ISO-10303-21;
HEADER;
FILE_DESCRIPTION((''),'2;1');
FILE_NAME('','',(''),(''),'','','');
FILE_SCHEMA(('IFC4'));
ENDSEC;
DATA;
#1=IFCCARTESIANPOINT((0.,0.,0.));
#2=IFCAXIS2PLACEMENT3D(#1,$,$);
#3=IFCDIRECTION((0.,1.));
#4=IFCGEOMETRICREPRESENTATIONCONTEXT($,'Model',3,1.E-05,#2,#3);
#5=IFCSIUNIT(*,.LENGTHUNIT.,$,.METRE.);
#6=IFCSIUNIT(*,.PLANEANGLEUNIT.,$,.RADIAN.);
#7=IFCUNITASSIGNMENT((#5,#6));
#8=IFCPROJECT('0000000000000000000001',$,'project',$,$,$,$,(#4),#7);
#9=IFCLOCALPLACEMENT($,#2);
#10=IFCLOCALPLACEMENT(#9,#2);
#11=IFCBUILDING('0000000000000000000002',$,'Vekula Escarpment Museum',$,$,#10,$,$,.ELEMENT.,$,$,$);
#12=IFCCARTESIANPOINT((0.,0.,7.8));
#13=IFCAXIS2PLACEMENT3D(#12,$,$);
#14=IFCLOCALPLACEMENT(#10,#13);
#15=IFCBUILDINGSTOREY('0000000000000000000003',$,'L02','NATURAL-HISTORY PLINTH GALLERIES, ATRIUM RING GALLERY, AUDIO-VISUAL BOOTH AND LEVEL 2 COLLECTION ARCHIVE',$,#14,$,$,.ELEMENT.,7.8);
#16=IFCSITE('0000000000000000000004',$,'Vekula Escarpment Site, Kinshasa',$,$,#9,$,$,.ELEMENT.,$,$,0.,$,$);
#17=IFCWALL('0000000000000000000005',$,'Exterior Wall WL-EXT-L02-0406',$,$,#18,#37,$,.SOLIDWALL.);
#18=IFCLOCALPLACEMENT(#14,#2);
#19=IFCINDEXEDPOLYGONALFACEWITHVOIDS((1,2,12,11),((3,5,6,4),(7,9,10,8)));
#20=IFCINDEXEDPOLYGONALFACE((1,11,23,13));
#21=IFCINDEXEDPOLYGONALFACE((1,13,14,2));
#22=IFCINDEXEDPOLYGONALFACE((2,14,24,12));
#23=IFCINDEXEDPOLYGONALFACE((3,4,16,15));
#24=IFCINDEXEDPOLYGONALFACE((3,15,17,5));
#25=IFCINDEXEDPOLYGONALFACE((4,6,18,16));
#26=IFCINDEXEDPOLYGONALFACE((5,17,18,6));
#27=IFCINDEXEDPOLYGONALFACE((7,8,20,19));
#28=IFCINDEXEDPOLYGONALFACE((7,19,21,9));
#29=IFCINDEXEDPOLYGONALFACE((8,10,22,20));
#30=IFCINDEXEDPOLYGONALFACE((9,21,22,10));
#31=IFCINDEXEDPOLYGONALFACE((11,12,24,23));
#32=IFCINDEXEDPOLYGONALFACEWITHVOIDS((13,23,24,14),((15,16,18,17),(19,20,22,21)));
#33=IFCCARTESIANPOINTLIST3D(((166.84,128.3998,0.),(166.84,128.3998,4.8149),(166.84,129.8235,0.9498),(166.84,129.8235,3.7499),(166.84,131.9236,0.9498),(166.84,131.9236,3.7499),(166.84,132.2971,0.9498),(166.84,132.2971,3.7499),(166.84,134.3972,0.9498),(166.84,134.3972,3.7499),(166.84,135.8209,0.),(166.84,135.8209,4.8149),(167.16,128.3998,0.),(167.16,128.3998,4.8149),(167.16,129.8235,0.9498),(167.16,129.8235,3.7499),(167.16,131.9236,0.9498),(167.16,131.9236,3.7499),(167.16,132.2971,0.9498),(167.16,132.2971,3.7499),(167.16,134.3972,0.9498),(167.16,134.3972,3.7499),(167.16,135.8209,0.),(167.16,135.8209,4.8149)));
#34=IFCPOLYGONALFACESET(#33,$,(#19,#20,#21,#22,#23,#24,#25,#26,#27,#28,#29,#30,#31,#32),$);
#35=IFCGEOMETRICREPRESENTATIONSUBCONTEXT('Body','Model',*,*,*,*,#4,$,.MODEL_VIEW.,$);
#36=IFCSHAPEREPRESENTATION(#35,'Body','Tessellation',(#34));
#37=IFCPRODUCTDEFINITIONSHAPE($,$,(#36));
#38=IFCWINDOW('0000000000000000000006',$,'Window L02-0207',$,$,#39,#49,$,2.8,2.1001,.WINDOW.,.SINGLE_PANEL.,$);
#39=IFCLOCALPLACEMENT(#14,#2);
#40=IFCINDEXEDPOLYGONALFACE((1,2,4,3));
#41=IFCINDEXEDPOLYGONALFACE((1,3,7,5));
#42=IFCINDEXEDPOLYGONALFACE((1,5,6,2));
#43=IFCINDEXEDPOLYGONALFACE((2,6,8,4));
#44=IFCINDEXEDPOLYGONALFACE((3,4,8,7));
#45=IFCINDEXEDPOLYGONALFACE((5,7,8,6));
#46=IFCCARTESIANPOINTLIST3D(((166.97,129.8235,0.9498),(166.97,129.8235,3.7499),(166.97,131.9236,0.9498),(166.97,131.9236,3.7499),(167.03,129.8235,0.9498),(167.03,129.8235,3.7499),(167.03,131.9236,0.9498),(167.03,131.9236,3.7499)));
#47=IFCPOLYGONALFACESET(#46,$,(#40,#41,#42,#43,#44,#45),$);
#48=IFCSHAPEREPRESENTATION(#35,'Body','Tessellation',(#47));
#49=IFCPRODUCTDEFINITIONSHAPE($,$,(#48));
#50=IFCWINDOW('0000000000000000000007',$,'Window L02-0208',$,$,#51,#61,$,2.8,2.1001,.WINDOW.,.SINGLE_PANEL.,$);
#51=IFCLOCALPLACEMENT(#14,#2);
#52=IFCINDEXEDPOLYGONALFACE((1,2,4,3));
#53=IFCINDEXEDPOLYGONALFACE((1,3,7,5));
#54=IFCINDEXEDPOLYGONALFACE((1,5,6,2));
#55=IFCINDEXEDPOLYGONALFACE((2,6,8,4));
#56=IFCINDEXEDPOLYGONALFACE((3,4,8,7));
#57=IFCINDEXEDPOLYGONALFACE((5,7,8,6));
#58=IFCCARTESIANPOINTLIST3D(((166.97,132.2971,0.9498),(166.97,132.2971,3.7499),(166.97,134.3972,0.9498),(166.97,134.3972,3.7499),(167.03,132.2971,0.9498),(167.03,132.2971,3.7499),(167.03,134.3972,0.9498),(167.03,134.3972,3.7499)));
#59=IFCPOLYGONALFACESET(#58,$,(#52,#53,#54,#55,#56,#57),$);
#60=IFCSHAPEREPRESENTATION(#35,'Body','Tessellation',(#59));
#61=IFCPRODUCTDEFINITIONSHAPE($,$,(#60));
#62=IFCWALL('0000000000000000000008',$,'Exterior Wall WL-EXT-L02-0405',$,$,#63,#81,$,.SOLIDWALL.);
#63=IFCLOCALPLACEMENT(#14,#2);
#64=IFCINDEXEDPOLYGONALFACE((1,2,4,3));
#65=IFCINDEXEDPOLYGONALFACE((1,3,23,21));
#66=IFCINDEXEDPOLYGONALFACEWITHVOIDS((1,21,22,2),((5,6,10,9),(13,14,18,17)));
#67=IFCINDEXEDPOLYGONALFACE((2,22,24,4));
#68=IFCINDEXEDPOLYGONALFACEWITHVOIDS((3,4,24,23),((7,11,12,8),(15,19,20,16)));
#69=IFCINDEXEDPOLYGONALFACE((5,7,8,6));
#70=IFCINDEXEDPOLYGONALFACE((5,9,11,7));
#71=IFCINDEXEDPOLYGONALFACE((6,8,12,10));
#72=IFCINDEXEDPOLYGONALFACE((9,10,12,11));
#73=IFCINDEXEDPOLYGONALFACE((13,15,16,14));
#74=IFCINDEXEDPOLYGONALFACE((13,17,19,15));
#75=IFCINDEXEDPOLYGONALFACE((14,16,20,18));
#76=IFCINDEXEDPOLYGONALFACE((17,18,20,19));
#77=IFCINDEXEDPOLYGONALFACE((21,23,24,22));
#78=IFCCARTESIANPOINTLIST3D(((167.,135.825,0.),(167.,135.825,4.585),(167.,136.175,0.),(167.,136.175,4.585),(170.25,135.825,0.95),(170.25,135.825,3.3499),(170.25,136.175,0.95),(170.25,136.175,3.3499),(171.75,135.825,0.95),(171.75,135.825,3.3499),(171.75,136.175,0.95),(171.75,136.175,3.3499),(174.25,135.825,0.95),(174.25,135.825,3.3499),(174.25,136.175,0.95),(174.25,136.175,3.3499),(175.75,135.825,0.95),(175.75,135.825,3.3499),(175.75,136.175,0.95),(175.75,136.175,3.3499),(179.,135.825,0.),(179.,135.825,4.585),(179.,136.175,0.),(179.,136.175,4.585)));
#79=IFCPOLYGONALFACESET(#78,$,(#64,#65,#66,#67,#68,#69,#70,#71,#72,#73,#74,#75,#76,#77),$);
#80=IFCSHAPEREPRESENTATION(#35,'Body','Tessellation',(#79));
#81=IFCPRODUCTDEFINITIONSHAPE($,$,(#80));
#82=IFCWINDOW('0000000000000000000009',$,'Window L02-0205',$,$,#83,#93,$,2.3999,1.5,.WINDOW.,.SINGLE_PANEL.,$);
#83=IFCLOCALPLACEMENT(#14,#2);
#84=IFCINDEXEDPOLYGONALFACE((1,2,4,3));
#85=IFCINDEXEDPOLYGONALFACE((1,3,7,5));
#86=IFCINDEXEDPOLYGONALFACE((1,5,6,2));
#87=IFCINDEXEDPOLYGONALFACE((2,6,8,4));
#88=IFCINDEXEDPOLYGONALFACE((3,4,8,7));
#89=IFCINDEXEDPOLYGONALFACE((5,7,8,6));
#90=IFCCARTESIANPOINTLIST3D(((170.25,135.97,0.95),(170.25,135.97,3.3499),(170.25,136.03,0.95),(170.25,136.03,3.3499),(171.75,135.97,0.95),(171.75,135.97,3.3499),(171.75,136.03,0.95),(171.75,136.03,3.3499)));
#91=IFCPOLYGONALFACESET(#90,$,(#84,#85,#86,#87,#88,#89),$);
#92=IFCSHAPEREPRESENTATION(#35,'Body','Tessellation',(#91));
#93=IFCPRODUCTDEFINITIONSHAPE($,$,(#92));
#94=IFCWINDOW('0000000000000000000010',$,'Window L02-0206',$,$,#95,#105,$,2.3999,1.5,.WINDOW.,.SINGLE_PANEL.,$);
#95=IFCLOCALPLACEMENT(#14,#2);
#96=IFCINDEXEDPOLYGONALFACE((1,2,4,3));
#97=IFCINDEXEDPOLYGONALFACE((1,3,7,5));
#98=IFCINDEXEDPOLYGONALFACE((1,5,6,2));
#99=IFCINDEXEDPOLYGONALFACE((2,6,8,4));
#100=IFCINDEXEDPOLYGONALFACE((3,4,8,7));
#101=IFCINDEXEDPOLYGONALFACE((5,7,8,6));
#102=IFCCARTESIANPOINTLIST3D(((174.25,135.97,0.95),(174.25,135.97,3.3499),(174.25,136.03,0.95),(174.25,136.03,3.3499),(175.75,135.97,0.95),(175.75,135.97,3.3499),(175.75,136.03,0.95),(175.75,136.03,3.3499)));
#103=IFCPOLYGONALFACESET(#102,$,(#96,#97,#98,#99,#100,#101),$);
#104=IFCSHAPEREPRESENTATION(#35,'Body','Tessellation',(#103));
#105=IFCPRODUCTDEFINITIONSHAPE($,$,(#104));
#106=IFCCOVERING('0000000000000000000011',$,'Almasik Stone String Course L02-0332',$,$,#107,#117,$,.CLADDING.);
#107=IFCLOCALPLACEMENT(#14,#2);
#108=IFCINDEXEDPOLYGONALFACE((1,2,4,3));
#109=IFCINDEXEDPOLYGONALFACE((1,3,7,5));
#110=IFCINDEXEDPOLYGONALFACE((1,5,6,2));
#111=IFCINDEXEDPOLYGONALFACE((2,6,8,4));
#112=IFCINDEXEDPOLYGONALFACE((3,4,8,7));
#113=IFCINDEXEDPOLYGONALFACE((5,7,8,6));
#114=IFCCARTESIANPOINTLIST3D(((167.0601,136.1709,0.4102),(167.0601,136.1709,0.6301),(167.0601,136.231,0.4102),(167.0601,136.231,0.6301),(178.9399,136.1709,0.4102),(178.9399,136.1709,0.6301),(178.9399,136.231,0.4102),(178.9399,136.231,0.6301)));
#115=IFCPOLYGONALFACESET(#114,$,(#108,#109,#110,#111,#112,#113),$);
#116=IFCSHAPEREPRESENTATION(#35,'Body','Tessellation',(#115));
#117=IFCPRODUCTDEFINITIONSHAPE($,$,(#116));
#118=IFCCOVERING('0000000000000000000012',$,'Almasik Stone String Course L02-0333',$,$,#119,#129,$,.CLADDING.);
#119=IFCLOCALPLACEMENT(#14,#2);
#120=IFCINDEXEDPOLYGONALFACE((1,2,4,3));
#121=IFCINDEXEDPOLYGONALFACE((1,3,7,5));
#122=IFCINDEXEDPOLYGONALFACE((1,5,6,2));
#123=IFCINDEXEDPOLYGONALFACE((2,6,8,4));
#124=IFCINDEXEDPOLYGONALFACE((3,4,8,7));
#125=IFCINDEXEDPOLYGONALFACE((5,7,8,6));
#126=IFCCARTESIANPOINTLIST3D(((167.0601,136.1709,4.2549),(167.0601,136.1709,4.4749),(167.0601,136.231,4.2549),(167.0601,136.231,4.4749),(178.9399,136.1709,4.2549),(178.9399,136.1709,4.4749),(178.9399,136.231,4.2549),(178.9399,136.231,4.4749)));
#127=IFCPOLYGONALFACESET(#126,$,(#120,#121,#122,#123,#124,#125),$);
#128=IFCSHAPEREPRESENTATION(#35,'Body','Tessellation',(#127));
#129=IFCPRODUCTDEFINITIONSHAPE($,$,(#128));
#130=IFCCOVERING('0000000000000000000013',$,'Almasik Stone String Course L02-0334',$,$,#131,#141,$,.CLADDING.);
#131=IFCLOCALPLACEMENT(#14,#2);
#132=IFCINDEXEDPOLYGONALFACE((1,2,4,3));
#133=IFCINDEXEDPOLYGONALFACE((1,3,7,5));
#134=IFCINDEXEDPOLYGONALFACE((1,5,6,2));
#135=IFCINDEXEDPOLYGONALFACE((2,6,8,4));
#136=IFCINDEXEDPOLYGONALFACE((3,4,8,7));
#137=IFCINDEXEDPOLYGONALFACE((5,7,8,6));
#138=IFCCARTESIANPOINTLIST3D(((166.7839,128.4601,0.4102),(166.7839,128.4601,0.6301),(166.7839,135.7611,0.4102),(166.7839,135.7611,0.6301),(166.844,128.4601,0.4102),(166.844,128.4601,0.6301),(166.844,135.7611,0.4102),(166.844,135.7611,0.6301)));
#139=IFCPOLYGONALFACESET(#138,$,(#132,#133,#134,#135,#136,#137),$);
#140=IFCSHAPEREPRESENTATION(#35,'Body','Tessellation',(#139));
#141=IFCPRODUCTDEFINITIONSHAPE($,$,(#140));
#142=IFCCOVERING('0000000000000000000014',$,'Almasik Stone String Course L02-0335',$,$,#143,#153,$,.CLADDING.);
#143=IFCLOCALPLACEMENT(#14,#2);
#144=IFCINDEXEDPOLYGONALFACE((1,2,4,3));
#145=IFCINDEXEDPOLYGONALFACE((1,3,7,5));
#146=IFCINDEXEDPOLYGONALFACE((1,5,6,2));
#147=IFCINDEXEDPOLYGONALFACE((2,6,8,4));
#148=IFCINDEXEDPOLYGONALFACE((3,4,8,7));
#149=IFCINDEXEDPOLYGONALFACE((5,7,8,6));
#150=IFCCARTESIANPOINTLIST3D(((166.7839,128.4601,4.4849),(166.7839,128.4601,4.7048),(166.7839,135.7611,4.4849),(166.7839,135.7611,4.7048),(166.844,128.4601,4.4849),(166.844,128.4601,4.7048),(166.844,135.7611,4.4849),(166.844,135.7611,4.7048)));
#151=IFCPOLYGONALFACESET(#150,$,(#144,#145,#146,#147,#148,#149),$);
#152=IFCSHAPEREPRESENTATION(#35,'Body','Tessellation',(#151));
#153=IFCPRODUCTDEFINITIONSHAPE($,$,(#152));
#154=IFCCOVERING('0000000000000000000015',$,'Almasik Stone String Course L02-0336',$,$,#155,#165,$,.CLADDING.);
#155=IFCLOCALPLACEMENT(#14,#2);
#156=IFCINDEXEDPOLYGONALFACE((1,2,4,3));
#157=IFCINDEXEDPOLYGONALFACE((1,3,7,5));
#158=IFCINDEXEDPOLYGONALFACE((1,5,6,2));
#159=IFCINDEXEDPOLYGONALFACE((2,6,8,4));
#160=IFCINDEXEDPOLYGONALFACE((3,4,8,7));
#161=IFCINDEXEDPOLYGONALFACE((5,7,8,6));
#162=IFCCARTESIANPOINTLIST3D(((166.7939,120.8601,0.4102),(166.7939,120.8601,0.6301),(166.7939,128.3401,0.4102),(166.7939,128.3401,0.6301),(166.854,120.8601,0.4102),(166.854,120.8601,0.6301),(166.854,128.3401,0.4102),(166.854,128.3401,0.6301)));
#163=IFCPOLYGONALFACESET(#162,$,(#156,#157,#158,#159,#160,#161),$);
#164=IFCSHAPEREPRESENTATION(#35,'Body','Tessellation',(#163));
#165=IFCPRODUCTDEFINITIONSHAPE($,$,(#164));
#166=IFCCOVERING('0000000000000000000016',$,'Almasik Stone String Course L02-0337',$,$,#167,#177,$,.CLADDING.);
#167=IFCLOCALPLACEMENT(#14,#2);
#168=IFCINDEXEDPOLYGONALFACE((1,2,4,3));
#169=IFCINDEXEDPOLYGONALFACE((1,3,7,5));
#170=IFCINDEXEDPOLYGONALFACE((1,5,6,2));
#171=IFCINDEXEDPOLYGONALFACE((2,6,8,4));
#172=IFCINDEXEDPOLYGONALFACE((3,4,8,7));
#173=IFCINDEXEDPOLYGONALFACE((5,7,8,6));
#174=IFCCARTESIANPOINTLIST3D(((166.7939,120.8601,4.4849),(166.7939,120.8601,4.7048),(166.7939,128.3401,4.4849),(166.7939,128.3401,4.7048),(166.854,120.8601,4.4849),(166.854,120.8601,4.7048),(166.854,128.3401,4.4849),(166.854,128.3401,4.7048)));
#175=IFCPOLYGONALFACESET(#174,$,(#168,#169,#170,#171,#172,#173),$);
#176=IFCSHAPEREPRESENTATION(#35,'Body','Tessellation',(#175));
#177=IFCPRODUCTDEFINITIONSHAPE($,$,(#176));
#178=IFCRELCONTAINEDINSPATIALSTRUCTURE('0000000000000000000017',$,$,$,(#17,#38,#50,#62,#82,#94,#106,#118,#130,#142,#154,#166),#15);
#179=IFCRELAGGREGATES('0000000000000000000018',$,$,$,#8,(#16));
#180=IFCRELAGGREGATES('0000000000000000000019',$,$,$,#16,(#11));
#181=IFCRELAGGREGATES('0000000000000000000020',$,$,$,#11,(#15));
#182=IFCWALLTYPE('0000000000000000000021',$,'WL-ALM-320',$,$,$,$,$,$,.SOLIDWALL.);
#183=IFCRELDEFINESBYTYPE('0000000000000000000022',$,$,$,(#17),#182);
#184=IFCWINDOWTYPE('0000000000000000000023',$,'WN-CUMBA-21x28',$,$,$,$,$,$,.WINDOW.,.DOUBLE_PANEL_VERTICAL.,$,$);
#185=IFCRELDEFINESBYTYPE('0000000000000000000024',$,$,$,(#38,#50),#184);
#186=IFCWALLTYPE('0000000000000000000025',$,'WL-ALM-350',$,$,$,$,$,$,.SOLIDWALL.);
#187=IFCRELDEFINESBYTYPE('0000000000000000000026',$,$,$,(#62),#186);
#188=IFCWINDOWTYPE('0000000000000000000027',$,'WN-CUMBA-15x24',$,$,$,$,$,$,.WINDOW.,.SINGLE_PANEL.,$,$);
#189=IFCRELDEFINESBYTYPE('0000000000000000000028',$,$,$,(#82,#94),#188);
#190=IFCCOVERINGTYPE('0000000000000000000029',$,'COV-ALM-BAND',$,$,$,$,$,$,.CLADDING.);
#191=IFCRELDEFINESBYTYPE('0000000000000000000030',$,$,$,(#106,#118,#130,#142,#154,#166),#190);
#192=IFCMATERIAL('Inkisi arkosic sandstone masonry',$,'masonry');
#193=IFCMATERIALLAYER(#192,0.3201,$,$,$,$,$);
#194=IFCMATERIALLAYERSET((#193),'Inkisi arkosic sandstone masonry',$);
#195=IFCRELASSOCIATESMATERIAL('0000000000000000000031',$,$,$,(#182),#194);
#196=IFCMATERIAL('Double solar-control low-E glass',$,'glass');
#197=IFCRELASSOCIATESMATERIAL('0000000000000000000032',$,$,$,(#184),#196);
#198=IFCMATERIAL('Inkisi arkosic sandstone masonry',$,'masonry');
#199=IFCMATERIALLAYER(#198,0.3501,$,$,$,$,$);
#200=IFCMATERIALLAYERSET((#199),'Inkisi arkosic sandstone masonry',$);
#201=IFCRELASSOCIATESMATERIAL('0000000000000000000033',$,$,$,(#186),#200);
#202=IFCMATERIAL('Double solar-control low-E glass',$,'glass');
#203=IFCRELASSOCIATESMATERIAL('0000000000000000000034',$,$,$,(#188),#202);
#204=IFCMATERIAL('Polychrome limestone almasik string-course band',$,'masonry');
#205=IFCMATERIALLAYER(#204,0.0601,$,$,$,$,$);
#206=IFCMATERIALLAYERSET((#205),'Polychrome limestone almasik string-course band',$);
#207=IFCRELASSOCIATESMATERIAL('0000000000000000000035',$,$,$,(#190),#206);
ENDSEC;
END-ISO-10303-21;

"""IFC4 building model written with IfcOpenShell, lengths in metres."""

from ifc_helpers import new_model, si_unit, direction, frame, frame_2d, origin, origin_2d, place, context, subcontext, project, spatial, rectangle, extrude, material, layer, layer_set, type_object, element, fill, save


model = new_model("IFC4")

# Units and contexts
model_context = context("Model", 3, precision=1e-05, world=origin(), true_north=direction((0.0, 1.0)))
body_context = subcontext(model_context, "Body", "Model", "MODEL_VIEW")
ifc_project = project(units=[si_unit("LENGTHUNIT", "METRE"), si_unit("PLANEANGLEUNIT", "RADIAN")], contexts=[model_context])

# Site, building, storey
site_placement = place(None, origin())
site = spatial("IfcSite", under=ifc_project, at=site_placement, Name="Vekula Escarpment Site, Kinshasa", CompositionType="ELEMENT", RefElevation=0.0)
building_placement = place(site_placement, origin())
building = spatial("IfcBuilding", under=site, at=building_placement, Name="Vekula Escarpment Museum", CompositionType="ELEMENT")
storey_placement = place(building_placement, frame((0.0, 0.0, 7.8)))
storey = spatial("IfcBuildingStorey", under=building, at=storey_placement, Name="L02", Description="NATURAL-HISTORY PLINTH GALLERIES, ATRIUM RING GALLERY, AUDIO-VISUAL BOOTH AND LEVEL 2 COLLECTION ARCHIVE", CompositionType="ELEMENT", Elevation=7.8)

# Walls, openings, windows
ifc_material_1 = material(Name="Inkisi arkosic sandstone masonry", Category="masonry")
ifc_layer_1 = layer(ifc_material_1, 0.3201)
ifc_layer_set_1 = layer_set([ifc_layer_1], Name="Inkisi arkosic sandstone masonry")
wall_type_1 = type_object("IfcWallType", Name="WL-ALM-320", PredefinedType="SOLIDWALL", material=ifc_layer_set_1)
wall_1_placement = place(storey_placement, frame((167.0, 128.3999, 0.0), z_axis=(0.0, 0.0, 1.0), x_axis=(0.0, 1.0, 0.0)))
wall_1 = element("IfcWall", 1, at=wall_1_placement, inside=storey, type_object=wall_type_1, Name="Exterior Wall WL-EXT-L02-0406", PredefinedType="SOLIDWALL", context=body_context, shape_type="SweptSolid", body=[
    extrude(rectangle(XDim=7.4211, YDim=0.3201, at=frame_2d((3.7104, 0.0))), origin(), (0.0, 0.0, 1.0), 4.8149),
])
opening_1_placement = place(wall_1_placement, frame((1.4236, 0.0, 0.95)))
opening_1 = element("IfcOpeningElement", 2, at=opening_1_placement, cuts=wall_1, PredefinedType="OPENING", context=body_context, shape_type="SweptSolid", body=[
    extrude(rectangle(XDim=2.1001, YDim=2.8, at=frame_2d((1.05, 1.3999))), frame((0.0, 0.1699, 0.0), z_axis=(0.0, -1.0, 0.0), x_axis=(1.0, 0.0, 0.0)), (0.0, 0.0, 1.0), 0.3401),
])
opening_2_placement = place(wall_1_placement, frame((3.8972, 0.0, 0.95)))
opening_2 = element("IfcOpeningElement", 3, at=opening_2_placement, cuts=wall_1, PredefinedType="OPENING", context=body_context, shape_type="SweptSolid", body=[
    extrude(rectangle(XDim=2.1001, YDim=2.8, at=frame_2d((1.05, 1.3999))), frame((0.0, 0.1699, 0.0), z_axis=(0.0, -1.0, 0.0), x_axis=(1.0, 0.0, 0.0)), (0.0, 0.0, 1.0), 0.3401),
])
ifc_material_2 = material(Name="Double solar-control low-E glass", Category="glass")
window_type_1 = type_object("IfcWindowType", Name="WN-CUMBA-21x28", PartitioningType="DOUBLE_PANEL_VERTICAL", PredefinedType="WINDOW", material=ifc_material_2)
window_1_placement = place(opening_1_placement, origin())
window_1 = element("IfcWindow", 4, at=window_1_placement, inside=storey, type_object=window_type_1, Name="Window L02-0207", OverallHeight=2.8, OverallWidth=2.1001, PartitioningType="SINGLE_PANEL", PredefinedType="WINDOW", context=body_context, shape_type="SweptSolid", body=[
    extrude(rectangle(XDim=2.1001, YDim=2.8, at=frame_2d((1.05, 1.3999))), frame((0.0, 0.03, 0.0), z_axis=(0.0, -1.0, 0.0), x_axis=(1.0, 0.0, 0.0)), (0.0, 0.0, 1.0), 0.0601),
])
fill(opening_1, window_1)
window_2_placement = place(opening_2_placement, origin())
window_2 = element("IfcWindow", 5, at=window_2_placement, inside=storey, type_object=window_type_1, Name="Window L02-0208", OverallHeight=2.8, OverallWidth=2.1001, PartitioningType="SINGLE_PANEL", PredefinedType="WINDOW", context=body_context, shape_type="SweptSolid", body=[
    extrude(rectangle(XDim=2.1001, YDim=2.8, at=frame_2d((1.05, 1.3999))), frame((0.0, 0.03, 0.0), z_axis=(0.0, -1.0, 0.0), x_axis=(1.0, 0.0, 0.0)), (0.0, 0.0, 1.0), 0.0601),
])
fill(opening_2, window_2)
ifc_material_3 = material(Name="Inkisi arkosic sandstone masonry", Category="masonry")
ifc_layer_2 = layer(ifc_material_3, 0.3501)
ifc_layer_set_2 = layer_set([ifc_layer_2], Name="Inkisi arkosic sandstone masonry")
wall_type_2 = type_object("IfcWallType", Name="WL-ALM-350", PredefinedType="SOLIDWALL", material=ifc_layer_set_2)
wall_2_placement = place(storey_placement, frame((167.0, 136.0, 0.0), z_axis=(0.0, 0.0, 1.0), x_axis=(1.0, 0.0, 0.0)))
wall_2 = element("IfcWall", 6, at=wall_2_placement, inside=storey, type_object=wall_type_2, Name="Exterior Wall WL-EXT-L02-0405", PredefinedType="SOLIDWALL", context=body_context, shape_type="SweptSolid", body=[
    extrude(rectangle(XDim=12.0, YDim=0.3501, at=frame_2d((6.0, 0.0))), origin(), (0.0, 0.0, 1.0), 4.585),
])
opening_3_placement = place(wall_2_placement, frame((3.25, 0.0, 0.95)))
opening_3 = element("IfcOpeningElement", 7, at=opening_3_placement, cuts=wall_2, PredefinedType="OPENING", context=body_context, shape_type="SweptSolid", body=[
    extrude(rectangle(XDim=1.5, YDim=2.3999, at=frame_2d((0.75, 1.2))), frame((0.0, 0.1851, 0.0), z_axis=(0.0, -1.0, 0.0), x_axis=(1.0, 0.0, 0.0)), (0.0, 0.0, 1.0), 0.3701),
])
opening_4_placement = place(wall_2_placement, frame((7.25, 0.0, 0.95)))
opening_4 = element("IfcOpeningElement", 8, at=opening_4_placement, cuts=wall_2, PredefinedType="OPENING", context=body_context, shape_type="SweptSolid", body=[
    extrude(rectangle(XDim=1.5, YDim=2.3999, at=frame_2d((0.75, 1.2))), frame((0.0, 0.1851, 0.0), z_axis=(0.0, -1.0, 0.0), x_axis=(1.0, 0.0, 0.0)), (0.0, 0.0, 1.0), 0.3701),
])
ifc_material_4 = material(Name="Double solar-control low-E glass", Category="glass")
window_type_2 = type_object("IfcWindowType", Name="WN-CUMBA-15x24", PartitioningType="SINGLE_PANEL", PredefinedType="WINDOW", material=ifc_material_4)
window_3_placement = place(opening_3_placement, origin())
window_3 = element("IfcWindow", 9, at=window_3_placement, inside=storey, type_object=window_type_2, Name="Window L02-0205", OverallHeight=2.3999, OverallWidth=1.5, PartitioningType="SINGLE_PANEL", PredefinedType="WINDOW", context=body_context, shape_type="SweptSolid", body=[
    extrude(rectangle(XDim=1.5, YDim=2.3999, at=frame_2d((0.75, 1.2))), frame((0.0, 0.03, 0.0), z_axis=(0.0, -1.0, 0.0), x_axis=(1.0, 0.0, 0.0)), (0.0, 0.0, 1.0), 0.0601),
])
fill(opening_3, window_3)
window_4_placement = place(opening_4_placement, origin())
window_4 = element("IfcWindow", 10, at=window_4_placement, inside=storey, type_object=window_type_2, Name="Window L02-0206", OverallHeight=2.3999, OverallWidth=1.5, PartitioningType="SINGLE_PANEL", PredefinedType="WINDOW", context=body_context, shape_type="SweptSolid", body=[
    extrude(rectangle(XDim=1.5, YDim=2.3999, at=frame_2d((0.75, 1.2))), frame((0.0, 0.03, 0.0), z_axis=(0.0, -1.0, 0.0), x_axis=(1.0, 0.0, 0.0)), (0.0, 0.0, 1.0), 0.0601),
])
fill(opening_4, window_4)

# Coverings
ifc_material_5 = material(Name="Polychrome limestone almasik string-course band", Category="masonry")
ifc_layer_3 = layer(ifc_material_5, 0.0601)
ifc_layer_set_3 = layer_set([ifc_layer_3], Name="Polychrome limestone almasik string-course band")
covering_type = type_object("IfcCoveringType", Name="COV-ALM-BAND", PredefinedType="CLADDING", material=ifc_layer_set_3)
for number, where, z_axis, x_axis, name in (
    (11, (173.0, 136.2009, 0.4102), (0.0, 0.0, 1.0), (1.0, 0.0, 0.0), "Almasik Stone String Course L02-0332"),
    (12, (173.0, 136.2009, 4.2549), (0.0, 0.0, 1.0), (1.0, 0.0, 0.0), "Almasik Stone String Course L02-0333"),
):
    element("IfcCovering", number, at=place(storey_placement, frame(where, z_axis=z_axis, x_axis=x_axis)), inside=storey, type_object=covering_type, Name=name, PredefinedType="CLADDING", context=body_context, shape_type="SweptSolid", body=[
        extrude(rectangle(XDim=11.8799, YDim=0.0601, at=origin_2d()), origin(), (0.0, 0.0, 1.0), 0.22),
    ])
for number, where, z_axis, x_axis, name in (
    (13, (166.814, 132.1106, 0.4102), (0.0, 0.0, 1.0), (0.0, 1.0, 0.0), "Almasik Stone String Course L02-0334"),
    (14, (166.814, 132.1106, 4.4849), (0.0, 0.0, 1.0), (0.0, 1.0, 0.0), "Almasik Stone String Course L02-0335"),
):
    element("IfcCovering", number, at=place(storey_placement, frame(where, z_axis=z_axis, x_axis=x_axis)), inside=storey, type_object=covering_type, Name=name, PredefinedType="CLADDING", context=body_context, shape_type="SweptSolid", body=[
        extrude(rectangle(XDim=7.301, YDim=0.0601, at=origin_2d()), origin(), (0.0, 0.0, 1.0), 0.22),
    ])
for number, where, z_axis, x_axis, name in (
    (15, (166.824, 124.6001, 0.4102), (0.0, 0.0, 1.0), (0.0, 1.0, 0.0), "Almasik Stone String Course L02-0336"),
    (16, (166.824, 124.6001, 4.4849), (0.0, 0.0, 1.0), (0.0, 1.0, 0.0), "Almasik Stone String Course L02-0337"),
):
    element("IfcCovering", number, at=place(storey_placement, frame(where, z_axis=z_axis, x_axis=x_axis)), inside=storey, type_object=covering_type, Name=name, PredefinedType="CLADDING", context=body_context, shape_type="SweptSolid", body=[
        extrude(rectangle(XDim=7.48, YDim=0.0601, at=origin_2d()), origin(), (0.0, 0.0, 1.0), 0.22),
    ])

save(model, "model.ifc")
